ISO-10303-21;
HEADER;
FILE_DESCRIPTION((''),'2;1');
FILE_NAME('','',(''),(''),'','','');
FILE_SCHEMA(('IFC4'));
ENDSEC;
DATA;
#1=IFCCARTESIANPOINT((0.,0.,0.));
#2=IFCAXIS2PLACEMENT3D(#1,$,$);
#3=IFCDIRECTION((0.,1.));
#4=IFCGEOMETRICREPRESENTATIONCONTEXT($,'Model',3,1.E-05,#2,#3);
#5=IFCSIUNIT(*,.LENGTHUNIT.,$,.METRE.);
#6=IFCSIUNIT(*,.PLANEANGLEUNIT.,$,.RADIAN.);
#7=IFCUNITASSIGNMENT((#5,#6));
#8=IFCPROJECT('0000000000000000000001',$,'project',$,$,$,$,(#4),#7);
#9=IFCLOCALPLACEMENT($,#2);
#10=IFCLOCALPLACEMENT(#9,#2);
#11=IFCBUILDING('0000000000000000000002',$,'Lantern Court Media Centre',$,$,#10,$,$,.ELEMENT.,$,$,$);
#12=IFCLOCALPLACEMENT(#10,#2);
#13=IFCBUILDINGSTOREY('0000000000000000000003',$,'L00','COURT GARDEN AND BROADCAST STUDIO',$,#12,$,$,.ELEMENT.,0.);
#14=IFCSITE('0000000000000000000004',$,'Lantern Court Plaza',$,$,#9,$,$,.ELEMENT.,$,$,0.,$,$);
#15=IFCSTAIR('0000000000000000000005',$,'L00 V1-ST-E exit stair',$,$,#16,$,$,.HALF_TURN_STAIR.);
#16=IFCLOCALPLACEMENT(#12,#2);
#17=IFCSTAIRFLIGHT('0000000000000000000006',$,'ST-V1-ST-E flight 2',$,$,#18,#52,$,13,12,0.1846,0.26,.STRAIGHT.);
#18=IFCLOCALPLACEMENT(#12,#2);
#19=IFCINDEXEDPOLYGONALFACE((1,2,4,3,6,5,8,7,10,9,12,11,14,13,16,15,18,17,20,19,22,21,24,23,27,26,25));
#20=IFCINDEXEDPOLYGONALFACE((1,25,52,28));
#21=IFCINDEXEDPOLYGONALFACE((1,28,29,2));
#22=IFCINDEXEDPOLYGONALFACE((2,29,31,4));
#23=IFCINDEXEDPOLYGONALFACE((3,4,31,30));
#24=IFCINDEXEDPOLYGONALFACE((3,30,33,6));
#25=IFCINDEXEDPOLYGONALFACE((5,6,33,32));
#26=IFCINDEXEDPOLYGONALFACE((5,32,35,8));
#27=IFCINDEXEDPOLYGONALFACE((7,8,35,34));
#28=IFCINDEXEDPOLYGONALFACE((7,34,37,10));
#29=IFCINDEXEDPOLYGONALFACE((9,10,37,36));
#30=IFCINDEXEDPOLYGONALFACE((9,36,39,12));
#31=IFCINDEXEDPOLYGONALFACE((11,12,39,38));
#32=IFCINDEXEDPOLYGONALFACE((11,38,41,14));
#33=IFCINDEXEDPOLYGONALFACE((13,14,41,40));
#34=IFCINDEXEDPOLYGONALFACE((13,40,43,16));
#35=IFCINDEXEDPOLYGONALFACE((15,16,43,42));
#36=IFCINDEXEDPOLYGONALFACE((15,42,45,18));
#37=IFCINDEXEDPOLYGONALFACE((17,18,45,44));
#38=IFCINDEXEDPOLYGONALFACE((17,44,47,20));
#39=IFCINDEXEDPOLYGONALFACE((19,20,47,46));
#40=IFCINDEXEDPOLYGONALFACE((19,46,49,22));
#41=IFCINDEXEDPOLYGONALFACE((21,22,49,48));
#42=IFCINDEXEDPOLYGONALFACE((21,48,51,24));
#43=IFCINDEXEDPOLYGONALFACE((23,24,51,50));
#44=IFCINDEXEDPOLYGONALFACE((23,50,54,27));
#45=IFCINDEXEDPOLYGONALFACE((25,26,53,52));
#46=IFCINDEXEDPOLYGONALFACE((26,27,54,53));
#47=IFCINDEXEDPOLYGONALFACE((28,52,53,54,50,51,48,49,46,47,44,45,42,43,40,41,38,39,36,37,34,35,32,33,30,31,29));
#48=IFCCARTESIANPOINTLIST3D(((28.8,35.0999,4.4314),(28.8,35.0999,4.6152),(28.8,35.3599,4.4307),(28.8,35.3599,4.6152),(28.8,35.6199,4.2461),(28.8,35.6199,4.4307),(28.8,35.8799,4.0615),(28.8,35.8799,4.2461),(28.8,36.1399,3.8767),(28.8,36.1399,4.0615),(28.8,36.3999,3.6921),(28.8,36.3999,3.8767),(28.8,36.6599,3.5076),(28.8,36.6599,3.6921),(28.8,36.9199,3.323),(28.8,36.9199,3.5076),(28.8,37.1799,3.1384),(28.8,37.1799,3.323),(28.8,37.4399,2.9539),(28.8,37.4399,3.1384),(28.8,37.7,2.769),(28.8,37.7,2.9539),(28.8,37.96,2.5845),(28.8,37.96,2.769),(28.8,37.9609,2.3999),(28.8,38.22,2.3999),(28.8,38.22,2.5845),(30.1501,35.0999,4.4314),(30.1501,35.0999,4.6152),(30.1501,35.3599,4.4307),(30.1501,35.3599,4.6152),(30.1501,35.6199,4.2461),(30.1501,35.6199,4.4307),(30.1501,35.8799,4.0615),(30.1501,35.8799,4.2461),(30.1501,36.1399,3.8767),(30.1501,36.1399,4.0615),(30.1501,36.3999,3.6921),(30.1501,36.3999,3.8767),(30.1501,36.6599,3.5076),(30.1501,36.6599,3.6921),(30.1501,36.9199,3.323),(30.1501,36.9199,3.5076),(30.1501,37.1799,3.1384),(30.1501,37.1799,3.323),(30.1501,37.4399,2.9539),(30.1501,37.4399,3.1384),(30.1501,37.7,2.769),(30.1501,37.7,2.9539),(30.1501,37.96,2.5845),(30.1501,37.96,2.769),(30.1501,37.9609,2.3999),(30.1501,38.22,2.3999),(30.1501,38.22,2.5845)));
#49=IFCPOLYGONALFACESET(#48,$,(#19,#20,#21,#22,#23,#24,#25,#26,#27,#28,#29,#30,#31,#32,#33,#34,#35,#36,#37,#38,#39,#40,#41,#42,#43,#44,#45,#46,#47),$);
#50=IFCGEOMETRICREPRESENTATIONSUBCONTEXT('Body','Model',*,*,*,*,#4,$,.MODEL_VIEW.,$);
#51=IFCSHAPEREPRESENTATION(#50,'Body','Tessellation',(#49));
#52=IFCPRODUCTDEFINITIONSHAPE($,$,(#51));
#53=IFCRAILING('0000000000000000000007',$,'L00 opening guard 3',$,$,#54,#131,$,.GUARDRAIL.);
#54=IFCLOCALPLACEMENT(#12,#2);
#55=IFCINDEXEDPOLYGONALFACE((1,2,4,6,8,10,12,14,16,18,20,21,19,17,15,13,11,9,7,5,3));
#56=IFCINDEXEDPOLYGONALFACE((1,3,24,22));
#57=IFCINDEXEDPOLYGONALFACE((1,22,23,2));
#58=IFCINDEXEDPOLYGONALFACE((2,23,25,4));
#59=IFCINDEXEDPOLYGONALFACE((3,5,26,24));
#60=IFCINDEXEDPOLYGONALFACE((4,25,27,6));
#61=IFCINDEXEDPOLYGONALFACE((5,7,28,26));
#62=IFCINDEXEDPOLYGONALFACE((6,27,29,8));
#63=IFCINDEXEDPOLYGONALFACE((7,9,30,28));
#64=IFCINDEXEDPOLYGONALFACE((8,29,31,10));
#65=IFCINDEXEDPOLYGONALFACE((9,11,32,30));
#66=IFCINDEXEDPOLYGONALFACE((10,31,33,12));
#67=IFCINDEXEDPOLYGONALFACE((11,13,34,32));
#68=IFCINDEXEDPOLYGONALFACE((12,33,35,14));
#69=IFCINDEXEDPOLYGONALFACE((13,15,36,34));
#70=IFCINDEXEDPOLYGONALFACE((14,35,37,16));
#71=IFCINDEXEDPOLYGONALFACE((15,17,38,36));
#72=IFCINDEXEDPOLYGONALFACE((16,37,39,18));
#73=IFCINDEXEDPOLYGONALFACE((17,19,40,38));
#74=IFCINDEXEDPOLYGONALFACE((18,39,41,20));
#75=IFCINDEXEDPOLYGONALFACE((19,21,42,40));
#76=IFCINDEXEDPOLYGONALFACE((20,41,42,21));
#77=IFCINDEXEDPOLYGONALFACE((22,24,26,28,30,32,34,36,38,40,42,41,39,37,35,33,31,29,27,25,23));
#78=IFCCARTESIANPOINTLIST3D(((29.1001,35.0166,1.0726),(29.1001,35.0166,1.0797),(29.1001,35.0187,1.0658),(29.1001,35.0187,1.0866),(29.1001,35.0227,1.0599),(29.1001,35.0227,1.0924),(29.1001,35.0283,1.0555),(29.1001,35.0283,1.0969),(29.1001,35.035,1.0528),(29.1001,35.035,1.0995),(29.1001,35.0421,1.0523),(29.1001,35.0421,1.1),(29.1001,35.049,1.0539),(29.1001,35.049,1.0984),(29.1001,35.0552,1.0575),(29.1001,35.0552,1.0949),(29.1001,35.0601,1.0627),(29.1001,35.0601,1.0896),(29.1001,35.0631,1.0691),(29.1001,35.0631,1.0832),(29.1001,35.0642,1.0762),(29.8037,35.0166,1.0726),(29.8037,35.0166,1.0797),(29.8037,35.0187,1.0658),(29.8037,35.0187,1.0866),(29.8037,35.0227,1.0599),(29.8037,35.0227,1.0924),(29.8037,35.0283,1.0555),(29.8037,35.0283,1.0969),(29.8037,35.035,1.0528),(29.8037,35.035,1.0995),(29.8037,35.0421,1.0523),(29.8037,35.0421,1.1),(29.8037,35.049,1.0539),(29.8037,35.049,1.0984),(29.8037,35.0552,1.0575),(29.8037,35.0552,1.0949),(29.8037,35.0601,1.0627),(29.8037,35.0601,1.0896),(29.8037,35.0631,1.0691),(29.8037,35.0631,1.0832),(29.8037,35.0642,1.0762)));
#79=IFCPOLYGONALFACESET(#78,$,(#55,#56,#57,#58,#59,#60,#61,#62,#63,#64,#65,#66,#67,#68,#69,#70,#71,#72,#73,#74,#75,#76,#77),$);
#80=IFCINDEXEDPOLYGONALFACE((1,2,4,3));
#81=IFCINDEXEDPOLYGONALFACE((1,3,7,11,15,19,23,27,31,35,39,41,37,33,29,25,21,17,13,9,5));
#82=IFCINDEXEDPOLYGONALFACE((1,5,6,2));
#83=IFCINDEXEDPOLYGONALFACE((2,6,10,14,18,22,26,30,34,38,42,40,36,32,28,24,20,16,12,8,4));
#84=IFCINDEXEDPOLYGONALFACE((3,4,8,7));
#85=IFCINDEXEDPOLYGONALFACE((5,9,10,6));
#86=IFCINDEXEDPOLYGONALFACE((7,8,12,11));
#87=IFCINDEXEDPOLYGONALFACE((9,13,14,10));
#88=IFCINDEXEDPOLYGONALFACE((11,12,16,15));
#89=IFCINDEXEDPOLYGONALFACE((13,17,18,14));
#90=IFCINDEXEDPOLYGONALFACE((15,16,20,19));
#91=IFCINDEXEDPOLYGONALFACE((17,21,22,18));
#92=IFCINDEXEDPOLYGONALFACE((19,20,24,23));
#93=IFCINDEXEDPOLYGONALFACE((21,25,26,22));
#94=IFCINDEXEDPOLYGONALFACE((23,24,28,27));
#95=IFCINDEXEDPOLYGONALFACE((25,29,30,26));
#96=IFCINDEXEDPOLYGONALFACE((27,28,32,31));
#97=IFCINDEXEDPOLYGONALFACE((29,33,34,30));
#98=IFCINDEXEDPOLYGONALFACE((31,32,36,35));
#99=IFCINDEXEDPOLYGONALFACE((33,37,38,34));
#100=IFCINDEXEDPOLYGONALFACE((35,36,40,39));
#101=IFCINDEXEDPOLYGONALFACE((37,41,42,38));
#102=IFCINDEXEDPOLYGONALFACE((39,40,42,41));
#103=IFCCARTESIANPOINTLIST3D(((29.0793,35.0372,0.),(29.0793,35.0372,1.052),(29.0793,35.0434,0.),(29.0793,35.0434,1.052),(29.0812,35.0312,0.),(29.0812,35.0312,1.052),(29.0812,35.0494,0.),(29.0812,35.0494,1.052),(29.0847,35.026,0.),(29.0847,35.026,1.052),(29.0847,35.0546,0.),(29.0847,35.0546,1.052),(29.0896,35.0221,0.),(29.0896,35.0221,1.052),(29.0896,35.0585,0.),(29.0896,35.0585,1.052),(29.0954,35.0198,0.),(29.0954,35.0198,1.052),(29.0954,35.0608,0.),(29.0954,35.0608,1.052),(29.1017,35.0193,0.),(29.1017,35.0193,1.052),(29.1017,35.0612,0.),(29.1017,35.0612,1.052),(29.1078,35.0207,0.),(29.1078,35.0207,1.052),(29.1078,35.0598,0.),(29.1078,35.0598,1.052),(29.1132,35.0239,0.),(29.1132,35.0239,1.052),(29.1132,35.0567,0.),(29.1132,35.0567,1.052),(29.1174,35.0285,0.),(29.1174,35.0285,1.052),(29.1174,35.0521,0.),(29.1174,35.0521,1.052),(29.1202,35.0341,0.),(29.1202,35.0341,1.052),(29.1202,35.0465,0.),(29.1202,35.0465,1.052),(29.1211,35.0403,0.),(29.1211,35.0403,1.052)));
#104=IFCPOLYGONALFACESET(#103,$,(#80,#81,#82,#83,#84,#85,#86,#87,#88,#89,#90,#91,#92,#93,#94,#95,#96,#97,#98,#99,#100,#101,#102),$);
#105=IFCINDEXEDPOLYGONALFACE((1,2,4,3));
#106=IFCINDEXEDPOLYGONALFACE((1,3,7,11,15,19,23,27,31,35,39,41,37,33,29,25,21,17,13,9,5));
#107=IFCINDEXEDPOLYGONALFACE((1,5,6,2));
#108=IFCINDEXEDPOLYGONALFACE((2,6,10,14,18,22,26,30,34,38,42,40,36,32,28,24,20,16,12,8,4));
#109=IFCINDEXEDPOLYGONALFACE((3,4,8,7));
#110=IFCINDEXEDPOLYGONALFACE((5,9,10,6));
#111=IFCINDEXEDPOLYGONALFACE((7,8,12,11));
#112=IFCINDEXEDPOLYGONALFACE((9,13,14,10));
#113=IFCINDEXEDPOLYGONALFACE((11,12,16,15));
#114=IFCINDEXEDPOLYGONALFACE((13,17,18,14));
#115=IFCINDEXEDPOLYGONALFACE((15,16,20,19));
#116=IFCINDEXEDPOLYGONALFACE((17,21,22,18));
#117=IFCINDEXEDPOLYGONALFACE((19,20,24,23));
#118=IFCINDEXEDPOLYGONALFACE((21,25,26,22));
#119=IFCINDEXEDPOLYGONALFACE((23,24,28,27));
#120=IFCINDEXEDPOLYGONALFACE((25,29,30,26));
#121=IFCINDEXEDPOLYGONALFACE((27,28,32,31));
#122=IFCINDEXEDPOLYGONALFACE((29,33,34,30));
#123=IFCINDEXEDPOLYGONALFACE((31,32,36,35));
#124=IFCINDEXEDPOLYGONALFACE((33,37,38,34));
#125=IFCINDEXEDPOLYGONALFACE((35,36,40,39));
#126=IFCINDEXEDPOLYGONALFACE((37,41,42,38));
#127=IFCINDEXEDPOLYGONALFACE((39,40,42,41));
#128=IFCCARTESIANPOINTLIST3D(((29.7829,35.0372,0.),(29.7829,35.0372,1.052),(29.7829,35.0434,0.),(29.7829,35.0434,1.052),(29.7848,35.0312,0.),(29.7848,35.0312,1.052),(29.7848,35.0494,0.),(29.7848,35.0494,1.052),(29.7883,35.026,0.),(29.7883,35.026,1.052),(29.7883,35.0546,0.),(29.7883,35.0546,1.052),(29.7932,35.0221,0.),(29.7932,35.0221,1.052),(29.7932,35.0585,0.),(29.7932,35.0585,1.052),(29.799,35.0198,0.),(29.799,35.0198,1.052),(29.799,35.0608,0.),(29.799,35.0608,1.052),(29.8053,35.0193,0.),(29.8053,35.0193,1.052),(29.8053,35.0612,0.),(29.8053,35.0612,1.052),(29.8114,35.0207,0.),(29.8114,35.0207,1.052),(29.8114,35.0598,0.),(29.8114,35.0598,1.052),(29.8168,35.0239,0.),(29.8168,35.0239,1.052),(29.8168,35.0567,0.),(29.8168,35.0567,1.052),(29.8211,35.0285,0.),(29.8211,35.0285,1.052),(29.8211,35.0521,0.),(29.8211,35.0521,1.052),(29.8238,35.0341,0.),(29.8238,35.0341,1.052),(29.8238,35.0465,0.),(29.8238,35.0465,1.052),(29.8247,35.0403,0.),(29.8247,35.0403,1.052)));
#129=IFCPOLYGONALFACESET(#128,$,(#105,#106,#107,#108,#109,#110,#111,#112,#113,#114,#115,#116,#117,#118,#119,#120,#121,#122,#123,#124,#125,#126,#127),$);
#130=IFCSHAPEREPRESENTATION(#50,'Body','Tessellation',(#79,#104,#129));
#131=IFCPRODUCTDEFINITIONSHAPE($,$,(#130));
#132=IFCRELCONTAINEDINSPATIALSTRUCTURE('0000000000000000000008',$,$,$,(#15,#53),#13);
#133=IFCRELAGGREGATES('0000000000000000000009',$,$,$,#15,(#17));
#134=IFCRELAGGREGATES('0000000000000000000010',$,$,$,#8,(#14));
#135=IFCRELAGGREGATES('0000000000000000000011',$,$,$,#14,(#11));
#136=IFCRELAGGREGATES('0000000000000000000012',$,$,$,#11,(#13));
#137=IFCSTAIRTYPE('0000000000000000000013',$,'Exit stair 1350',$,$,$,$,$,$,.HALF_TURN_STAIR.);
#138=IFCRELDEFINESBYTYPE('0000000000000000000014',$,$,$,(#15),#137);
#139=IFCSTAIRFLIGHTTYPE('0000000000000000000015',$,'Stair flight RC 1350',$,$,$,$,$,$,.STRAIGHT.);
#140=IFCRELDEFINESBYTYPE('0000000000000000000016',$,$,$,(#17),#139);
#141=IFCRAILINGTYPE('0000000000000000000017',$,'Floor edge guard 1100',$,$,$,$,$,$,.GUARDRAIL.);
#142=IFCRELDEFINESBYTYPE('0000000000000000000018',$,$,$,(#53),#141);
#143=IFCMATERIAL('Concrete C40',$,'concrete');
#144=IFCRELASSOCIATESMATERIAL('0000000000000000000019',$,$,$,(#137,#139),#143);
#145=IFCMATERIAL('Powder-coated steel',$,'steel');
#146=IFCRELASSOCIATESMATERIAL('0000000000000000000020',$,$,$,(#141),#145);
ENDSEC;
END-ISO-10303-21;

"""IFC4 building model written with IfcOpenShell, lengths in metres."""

from ifc_helpers import new_model, si_unit, direction, frame, origin, origin_2d, place, context, subcontext, project, spatial, polyline, circle, outline, extrude, material, type_object, element, aggregate, save


model = new_model("IFC4")

# Units and contexts
model_context = context("Model", 3, precision=1e-05, world=origin(), true_north=direction((0.0, 1.0)))
body_context = subcontext(model_context, "Body", "Model", "MODEL_VIEW")
ifc_project = project(units=[si_unit("LENGTHUNIT", "METRE"), si_unit("PLANEANGLEUNIT", "RADIAN")], contexts=[model_context])

# Site, building, storey
site_placement = place(None, origin())
site = spatial("IfcSite", under=ifc_project, at=site_placement, Name="Lantern Court Plaza", CompositionType="ELEMENT", RefElevation=0.0)
building_placement = place(site_placement, origin())
building = spatial("IfcBuilding", under=site, at=building_placement, Name="Lantern Court Media Centre", CompositionType="ELEMENT")
storey_placement = place(building_placement, origin())
storey = spatial("IfcBuildingStorey", under=building, at=storey_placement, Name="L00", Description="COURT GARDEN AND BROADCAST STUDIO", CompositionType="ELEMENT", Elevation=0.0)

# Shared definitions
ifc_material_1 = material(Name="Concrete C40", Category="concrete")

# Stair, stair flight
stair_type = type_object("IfcStairType", Name="Exit stair 1350", PredefinedType="HALF_TURN_STAIR", material=ifc_material_1)
stair_placement = place(storey_placement, origin())
stair = element("IfcStair", 1, at=stair_placement, inside=storey, type_object=stair_type, Name="L00 V1-ST-E exit stair", PredefinedType="HALF_TURN_STAIR")
stair_flight_type = type_object("IfcStairFlightType", Name="Stair flight RC 1350", PredefinedType="STRAIGHT", material=ifc_material_1)
stair_flight_1_placement = place(storey_placement, frame((29.4751, 38.22, 2.3999), z_axis=(0.0, 0.0, 1.0), x_axis=(0.0, -1.0, 0.0)))
stair_flight_1 = element("IfcStairFlight", 2, at=stair_flight_1_placement, type_object=stair_flight_type, Name="ST-V1-ST-E flight 2", NumberOfRisers=13, NumberOfTreads=12, PredefinedType="STRAIGHT", RiserHeight=0.1846, TreadLength=0.26, context=body_context, shape_type="SweptSolid", body=[
    extrude(outline(polyline([(0.0, 0.0), (0.0, 0.1846), (0.26, 0.1846), (0.26, 0.3691), (0.52, 0.3691), (0.52, 0.554), (0.78, 0.554), (0.78, 0.7385), (1.04, 0.7385), (1.04, 0.9231), (1.3, 0.9231), (1.3, 1.1077), (1.5601, 1.1077), (1.5601, 1.2922), (1.8201, 1.2922), (1.8201, 1.4768), (2.0801, 1.4768), (2.0801, 1.6616), (2.3401, 1.6616), (2.3401, 1.8462), (2.6001, 1.8462), (2.6001, 2.0308), (2.8601, 2.0308), (2.8601, 2.2153), (3.1201, 2.2153), (3.1201, 2.3999), (3.1201, 2.0315), (0.259, 0.0), (0.0, 0.0)])), frame((0.0, 0.675, 0.0), z_axis=(0.0, -1.0, 0.0), x_axis=(1.0, 0.0, 0.0)), (0.0, 0.0, 1.0), 1.3501),
])
aggregate(stair, [stair_flight_1])

# Railing
ifc_material_2 = material(Name="Powder-coated steel", Category="steel")
railing_type_1 = type_object("IfcRailingType", Name="Floor edge guard 1100", PredefinedType="GUARDRAIL", material=ifc_material_2)
railing_1_placement = place(storey_placement, frame((29.1001, 35.0403, 0.0)))
element("IfcRailing", 3, at=railing_1_placement, inside=storey, type_object=railing_type_1, Name="L00 opening guard 3", PredefinedType="GUARDRAIL", context=body_context, shape_type="SweptSolid", body=[
    extrude(circle(Radius=0.0239, at=origin_2d()), frame((0.0, 0.0, 1.0762), z_axis=(1.0, 0.0, 0.0), x_axis=(0.0, 1.0, 0.0)), (0.0, 0.0, 1.0), 0.7036),
    extrude(circle(Radius=0.021, at=origin_2d()), origin(), (0.0, 0.0, 1.0), 1.052),
    extrude(circle(Radius=0.021, at=origin_2d()), frame((0.7036, 0.0, 0.0)), (0.0, 0.0, 1.0), 1.052),
])

save(model, "model.ifc")
